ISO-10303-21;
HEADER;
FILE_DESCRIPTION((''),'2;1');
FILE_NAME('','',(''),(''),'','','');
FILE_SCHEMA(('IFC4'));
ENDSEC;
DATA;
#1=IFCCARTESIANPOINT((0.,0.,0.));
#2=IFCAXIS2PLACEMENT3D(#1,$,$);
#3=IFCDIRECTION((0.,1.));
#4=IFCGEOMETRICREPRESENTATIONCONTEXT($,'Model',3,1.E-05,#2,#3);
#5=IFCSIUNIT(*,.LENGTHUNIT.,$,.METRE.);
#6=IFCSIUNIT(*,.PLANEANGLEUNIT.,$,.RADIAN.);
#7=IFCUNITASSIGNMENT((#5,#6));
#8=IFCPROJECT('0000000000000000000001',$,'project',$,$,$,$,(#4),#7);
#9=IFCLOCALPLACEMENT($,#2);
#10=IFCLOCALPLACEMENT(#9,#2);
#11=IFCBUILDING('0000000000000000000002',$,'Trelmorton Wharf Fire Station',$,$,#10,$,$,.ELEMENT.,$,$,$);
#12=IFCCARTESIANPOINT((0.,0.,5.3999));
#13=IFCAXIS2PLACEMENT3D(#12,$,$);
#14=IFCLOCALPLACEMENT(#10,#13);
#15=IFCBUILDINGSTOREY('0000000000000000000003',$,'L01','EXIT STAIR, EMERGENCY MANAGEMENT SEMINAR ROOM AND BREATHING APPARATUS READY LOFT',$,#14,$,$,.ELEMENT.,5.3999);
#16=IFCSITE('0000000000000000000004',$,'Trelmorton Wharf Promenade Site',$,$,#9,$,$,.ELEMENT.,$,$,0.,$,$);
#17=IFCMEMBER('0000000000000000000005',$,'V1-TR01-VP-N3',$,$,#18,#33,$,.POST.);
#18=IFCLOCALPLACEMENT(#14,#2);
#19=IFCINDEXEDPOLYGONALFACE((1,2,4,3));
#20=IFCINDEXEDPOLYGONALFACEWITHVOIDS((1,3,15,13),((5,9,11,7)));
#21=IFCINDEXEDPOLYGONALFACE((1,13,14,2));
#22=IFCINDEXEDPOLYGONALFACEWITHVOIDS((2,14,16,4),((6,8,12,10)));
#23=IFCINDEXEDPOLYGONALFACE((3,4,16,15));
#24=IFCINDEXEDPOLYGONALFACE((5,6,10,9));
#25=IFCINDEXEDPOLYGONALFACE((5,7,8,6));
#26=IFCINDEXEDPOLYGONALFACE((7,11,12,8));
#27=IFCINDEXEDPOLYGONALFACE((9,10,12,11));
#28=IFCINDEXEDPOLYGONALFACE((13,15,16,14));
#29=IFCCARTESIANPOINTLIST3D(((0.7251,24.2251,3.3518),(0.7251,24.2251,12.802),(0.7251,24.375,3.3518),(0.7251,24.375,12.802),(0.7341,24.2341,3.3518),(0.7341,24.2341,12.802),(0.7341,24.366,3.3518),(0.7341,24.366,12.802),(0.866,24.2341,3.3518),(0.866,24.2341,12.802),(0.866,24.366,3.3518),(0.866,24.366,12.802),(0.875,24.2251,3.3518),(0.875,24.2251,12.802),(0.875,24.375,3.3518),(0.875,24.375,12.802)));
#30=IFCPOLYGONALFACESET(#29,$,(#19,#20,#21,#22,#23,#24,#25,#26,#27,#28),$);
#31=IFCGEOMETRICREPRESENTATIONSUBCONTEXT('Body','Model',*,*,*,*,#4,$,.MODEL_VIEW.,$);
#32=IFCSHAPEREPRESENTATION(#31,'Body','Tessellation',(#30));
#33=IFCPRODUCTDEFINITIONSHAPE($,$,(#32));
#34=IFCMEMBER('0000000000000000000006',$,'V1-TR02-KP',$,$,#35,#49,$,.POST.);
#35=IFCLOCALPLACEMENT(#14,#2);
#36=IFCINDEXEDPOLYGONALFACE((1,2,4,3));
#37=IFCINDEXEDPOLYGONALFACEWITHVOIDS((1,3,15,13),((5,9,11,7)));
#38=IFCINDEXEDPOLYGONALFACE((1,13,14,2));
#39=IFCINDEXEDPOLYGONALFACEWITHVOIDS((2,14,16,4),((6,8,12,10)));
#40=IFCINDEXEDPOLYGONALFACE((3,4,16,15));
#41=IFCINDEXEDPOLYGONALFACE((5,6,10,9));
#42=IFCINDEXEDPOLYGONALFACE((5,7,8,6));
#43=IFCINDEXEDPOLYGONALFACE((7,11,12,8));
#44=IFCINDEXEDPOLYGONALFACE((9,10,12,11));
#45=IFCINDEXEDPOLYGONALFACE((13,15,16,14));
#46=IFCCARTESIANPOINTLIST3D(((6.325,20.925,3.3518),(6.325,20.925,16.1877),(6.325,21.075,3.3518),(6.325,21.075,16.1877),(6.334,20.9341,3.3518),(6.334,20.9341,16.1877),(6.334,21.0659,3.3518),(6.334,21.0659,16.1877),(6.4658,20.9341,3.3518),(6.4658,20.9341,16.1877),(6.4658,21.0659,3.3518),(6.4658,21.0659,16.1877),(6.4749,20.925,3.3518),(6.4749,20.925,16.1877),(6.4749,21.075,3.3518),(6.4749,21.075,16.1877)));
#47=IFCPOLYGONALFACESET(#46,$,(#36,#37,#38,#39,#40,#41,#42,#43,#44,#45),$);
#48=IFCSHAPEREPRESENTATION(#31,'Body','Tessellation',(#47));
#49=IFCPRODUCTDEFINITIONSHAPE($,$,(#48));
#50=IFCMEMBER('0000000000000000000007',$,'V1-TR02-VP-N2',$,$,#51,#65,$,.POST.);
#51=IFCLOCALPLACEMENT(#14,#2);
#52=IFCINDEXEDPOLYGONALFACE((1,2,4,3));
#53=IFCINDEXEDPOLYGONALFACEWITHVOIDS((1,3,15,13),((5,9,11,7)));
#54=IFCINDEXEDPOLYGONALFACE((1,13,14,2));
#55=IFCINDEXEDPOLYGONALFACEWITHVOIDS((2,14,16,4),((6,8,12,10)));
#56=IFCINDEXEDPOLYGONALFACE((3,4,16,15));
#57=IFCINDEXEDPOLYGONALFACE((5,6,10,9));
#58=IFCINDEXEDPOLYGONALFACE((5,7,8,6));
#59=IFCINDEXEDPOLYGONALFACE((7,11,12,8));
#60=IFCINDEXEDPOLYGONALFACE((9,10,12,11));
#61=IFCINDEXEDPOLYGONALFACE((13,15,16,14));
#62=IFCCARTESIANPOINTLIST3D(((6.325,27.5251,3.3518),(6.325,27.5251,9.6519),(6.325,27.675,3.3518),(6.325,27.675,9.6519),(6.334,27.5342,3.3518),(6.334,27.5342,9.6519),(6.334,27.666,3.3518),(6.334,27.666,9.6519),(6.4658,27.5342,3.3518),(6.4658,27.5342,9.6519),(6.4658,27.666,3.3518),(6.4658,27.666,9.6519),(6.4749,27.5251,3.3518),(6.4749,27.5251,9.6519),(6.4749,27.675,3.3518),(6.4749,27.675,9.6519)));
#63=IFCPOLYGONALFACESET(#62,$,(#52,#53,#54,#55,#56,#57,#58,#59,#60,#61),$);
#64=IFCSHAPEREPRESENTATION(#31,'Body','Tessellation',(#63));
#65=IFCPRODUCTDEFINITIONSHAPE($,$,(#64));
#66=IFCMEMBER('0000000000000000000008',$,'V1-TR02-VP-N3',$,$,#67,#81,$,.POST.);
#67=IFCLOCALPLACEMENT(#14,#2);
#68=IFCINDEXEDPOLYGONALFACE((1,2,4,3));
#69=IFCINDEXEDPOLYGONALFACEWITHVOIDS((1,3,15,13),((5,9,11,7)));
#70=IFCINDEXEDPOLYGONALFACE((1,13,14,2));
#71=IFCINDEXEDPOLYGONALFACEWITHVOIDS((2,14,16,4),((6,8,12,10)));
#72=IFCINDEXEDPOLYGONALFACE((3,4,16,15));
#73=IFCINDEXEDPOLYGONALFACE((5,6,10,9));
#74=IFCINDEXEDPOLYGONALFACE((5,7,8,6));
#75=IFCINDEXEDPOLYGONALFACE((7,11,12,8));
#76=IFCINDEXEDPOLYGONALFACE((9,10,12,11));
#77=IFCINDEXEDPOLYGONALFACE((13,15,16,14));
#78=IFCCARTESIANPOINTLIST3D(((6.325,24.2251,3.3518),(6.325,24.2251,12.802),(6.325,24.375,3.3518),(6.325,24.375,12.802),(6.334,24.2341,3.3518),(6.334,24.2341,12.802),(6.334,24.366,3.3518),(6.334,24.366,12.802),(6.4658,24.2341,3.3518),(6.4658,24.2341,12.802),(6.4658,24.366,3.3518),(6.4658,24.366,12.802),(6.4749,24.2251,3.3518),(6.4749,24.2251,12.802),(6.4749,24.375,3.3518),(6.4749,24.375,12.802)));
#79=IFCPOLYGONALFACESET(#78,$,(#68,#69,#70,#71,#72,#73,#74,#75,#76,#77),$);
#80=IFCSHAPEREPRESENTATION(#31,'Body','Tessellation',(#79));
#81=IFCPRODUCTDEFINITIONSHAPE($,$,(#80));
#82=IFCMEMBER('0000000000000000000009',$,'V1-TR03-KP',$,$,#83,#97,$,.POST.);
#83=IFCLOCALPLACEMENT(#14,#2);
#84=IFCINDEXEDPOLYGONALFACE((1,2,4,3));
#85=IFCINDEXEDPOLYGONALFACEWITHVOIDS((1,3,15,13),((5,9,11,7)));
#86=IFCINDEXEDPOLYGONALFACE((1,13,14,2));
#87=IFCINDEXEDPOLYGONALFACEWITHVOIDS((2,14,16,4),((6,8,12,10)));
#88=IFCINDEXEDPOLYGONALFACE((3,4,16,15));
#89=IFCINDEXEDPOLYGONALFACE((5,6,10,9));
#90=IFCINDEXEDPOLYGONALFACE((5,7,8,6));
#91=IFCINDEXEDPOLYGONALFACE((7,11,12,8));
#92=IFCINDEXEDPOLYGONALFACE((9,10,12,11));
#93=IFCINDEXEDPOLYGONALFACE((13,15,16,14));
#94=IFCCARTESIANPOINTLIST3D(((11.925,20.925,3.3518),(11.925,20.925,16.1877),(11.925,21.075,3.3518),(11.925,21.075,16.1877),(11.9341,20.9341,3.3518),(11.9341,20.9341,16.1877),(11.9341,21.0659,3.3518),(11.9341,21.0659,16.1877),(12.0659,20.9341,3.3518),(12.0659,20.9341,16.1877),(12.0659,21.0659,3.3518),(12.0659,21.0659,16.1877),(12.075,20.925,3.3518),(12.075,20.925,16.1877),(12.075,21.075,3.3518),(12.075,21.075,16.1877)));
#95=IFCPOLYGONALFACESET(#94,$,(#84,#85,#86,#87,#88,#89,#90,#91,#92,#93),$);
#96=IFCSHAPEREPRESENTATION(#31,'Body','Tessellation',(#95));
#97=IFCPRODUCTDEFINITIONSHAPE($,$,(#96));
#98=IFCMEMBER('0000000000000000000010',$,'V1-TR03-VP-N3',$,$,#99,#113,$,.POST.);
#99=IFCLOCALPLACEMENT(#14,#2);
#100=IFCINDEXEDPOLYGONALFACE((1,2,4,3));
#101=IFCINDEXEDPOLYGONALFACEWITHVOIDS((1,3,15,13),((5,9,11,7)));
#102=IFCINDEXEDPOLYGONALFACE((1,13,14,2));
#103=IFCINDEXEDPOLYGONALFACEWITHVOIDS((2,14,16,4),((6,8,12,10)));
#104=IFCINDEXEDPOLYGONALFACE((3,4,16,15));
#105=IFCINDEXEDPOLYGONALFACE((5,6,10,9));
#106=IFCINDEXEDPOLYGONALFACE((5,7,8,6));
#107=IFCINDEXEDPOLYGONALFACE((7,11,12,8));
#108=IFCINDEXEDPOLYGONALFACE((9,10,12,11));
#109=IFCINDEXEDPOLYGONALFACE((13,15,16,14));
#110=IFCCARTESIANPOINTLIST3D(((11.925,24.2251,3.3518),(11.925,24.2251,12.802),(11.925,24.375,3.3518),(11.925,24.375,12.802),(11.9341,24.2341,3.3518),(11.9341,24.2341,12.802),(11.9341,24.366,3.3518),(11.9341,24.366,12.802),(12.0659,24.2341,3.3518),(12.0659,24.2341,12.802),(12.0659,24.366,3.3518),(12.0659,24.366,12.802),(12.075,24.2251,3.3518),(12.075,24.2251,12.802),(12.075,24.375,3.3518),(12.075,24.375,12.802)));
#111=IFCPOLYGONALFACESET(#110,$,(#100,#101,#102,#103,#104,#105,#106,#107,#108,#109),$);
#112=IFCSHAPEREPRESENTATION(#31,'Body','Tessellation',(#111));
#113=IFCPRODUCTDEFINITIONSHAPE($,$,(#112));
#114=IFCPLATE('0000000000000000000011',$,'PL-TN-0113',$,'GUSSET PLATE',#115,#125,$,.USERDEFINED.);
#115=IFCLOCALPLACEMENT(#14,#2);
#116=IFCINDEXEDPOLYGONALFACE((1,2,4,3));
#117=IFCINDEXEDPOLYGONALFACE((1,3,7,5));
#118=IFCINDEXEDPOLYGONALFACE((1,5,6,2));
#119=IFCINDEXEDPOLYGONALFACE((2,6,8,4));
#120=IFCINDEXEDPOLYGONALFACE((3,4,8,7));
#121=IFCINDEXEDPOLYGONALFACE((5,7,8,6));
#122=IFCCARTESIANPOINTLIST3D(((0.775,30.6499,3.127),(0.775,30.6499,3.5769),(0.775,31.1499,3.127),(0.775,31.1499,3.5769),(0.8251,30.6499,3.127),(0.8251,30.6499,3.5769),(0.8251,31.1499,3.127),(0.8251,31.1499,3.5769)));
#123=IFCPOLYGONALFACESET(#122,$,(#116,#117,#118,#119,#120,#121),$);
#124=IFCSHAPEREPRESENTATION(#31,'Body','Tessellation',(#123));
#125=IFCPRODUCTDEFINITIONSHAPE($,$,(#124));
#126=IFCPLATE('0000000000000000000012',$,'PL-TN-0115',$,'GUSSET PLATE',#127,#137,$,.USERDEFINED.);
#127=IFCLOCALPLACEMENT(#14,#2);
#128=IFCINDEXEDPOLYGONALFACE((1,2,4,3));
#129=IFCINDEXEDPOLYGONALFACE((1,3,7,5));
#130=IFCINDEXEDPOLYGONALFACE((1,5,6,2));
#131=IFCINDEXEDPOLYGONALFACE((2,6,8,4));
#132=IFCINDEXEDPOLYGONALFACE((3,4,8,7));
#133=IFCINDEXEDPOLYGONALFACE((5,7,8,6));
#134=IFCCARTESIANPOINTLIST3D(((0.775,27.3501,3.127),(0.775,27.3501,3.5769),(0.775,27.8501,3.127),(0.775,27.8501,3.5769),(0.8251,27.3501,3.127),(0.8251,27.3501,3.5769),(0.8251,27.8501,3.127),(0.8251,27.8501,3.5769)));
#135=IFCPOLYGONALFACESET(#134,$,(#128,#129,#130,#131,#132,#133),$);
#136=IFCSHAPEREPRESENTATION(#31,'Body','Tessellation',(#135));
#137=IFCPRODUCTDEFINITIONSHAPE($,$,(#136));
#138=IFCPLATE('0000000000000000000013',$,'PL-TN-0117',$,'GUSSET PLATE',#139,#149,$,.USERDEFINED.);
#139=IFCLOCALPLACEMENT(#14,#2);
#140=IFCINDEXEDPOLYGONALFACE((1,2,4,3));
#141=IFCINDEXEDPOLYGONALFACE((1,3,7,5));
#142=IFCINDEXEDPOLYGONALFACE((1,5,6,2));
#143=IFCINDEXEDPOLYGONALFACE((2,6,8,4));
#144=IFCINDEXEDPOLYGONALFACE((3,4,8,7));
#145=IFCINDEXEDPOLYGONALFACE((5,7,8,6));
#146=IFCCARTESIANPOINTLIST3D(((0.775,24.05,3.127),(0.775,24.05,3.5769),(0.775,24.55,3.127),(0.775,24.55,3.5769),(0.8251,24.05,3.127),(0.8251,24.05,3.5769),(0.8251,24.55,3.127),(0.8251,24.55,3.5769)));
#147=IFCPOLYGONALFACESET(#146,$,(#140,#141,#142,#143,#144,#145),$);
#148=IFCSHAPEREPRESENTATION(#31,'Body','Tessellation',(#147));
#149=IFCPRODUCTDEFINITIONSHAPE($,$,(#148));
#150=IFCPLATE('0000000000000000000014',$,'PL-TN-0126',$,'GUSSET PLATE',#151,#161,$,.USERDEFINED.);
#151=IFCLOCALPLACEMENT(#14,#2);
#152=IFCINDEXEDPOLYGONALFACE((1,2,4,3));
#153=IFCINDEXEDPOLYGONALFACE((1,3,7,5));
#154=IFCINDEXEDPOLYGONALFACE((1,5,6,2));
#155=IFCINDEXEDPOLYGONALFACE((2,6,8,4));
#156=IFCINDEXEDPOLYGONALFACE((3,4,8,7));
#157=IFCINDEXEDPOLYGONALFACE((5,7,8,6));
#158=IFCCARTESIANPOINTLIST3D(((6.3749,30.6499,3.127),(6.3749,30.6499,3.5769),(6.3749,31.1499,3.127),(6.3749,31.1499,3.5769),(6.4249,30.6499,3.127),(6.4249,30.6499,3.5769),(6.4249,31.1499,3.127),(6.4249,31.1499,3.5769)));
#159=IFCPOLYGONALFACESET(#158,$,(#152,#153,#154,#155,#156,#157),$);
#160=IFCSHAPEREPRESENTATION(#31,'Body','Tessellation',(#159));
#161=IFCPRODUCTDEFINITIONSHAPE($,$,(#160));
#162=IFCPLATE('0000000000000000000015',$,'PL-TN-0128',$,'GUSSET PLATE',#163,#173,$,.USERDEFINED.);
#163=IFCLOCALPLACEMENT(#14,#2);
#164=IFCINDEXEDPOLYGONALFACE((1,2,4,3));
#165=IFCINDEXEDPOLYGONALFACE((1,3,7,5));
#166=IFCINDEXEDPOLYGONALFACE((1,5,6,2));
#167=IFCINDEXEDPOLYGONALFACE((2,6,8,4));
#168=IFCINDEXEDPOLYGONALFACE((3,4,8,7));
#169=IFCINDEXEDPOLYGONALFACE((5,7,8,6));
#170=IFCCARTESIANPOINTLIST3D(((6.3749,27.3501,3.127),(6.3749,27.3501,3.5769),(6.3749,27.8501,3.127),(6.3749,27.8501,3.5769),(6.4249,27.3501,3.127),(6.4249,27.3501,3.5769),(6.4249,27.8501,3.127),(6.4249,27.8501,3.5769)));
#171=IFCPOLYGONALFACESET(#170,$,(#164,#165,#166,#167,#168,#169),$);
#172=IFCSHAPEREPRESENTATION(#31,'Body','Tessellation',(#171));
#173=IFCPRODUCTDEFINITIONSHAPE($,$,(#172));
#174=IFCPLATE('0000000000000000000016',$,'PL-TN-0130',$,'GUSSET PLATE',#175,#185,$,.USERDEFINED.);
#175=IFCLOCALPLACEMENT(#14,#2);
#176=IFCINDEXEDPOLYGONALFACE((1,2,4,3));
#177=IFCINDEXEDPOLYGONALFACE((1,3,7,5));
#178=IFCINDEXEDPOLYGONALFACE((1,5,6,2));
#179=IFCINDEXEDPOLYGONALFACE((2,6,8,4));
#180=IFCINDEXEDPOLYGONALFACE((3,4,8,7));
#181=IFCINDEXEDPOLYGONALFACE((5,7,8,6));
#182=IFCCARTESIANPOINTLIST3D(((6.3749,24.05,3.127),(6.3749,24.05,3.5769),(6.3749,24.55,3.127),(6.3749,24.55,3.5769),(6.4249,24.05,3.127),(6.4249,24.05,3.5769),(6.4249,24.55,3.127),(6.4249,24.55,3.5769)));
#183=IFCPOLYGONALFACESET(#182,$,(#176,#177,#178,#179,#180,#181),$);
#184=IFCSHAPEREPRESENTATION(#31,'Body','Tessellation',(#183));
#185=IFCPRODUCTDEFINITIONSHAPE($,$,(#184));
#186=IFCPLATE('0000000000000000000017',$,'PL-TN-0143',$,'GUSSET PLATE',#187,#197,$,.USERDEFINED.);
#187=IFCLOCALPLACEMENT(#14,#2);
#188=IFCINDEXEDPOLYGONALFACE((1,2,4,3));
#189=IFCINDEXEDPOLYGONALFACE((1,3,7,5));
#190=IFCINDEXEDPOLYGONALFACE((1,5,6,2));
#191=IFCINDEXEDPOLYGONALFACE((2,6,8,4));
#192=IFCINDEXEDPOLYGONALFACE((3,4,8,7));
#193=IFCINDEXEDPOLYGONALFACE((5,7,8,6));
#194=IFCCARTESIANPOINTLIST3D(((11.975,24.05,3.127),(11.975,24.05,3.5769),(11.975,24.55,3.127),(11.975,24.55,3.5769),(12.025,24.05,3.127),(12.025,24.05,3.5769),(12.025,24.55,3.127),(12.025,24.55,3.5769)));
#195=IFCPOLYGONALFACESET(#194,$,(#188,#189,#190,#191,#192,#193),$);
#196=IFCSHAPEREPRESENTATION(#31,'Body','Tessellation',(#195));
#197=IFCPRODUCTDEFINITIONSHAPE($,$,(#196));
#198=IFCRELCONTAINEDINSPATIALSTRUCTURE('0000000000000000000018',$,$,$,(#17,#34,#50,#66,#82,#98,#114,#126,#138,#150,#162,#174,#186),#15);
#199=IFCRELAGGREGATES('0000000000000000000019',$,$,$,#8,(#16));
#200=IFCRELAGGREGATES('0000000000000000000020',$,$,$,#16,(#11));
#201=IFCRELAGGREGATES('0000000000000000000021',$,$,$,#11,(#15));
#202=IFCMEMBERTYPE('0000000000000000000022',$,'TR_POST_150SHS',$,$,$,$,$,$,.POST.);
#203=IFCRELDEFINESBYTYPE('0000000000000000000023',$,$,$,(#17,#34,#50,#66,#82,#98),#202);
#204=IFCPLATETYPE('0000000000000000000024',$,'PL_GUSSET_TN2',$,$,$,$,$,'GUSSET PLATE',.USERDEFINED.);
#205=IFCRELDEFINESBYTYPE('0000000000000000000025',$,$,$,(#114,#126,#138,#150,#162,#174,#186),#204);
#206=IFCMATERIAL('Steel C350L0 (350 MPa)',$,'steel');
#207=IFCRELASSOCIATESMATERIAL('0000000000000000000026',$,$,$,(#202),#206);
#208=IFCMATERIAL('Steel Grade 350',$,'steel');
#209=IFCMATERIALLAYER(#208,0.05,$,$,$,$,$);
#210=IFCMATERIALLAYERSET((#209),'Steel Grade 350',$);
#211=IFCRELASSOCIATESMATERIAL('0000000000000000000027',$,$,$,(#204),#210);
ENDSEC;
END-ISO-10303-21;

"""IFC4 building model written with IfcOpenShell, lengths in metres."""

from ifc_helpers import new_model, si_unit, direction, frame, origin, origin_2d, place, context, subcontext, project, spatial, rectangle, hollow_rectangle, extrude, material, layer, layer_set, material_profile, profile_set, type_object, element, save


model = new_model("IFC4")

# Units and contexts
model_context = context("Model", 3, precision=1e-05, world=origin(), true_north=direction((0.0, 1.0)))
body_context = subcontext(model_context, "Body", "Model", "MODEL_VIEW")
ifc_project = project(units=[si_unit("LENGTHUNIT", "METRE"), si_unit("PLANEANGLEUNIT", "RADIAN")], contexts=[model_context])

# Site, building, storey
site_placement = place(None, origin())
site = spatial("IfcSite", under=ifc_project, at=site_placement, Name="Trelmorton Wharf Promenade Site", CompositionType="ELEMENT", RefElevation=0.0)
building_placement = place(site_placement, origin())
building = spatial("IfcBuilding", under=site, at=building_placement, Name="Trelmorton Wharf Fire Station", CompositionType="ELEMENT")
storey_placement = place(building_placement, frame((0.0, 0.0, 5.3999)))
storey = spatial("IfcBuildingStorey", under=building, at=storey_placement, Name="L01", Description="EXIT STAIR, EMERGENCY MANAGEMENT SEMINAR ROOM AND BREATHING APPARATUS READY LOFT", CompositionType="ELEMENT", Elevation=5.3999)

# Shared definitions
ifc_material_1 = material(Name="Steel Grade 350", Category="steel")

# Members
ifc_material_2 = material(Name="Steel C350L0 (350 MPa)", Category="steel")
ifc_material_profile_1 = material_profile(ifc_material_2, hollow_rectangle(XDim=0.1499, YDim=0.1499, WallThickness=0.009, at=origin_2d()), Name="150x150x9.0SHS")
ifc_profile_set_1 = profile_set([ifc_material_profile_1], Name="Steel C350L0 (350 MPa)")
member_type_1 = type_object("IfcMemberType", Name="TR_POST_150SHS", PredefinedType="POST", material=ifc_profile_set_1)
member_1_placement = place(storey_placement, frame((0.8, 24.3, 3.3518), z_axis=(0.0, 0.0, 1.0), x_axis=(1.0, 0.0, 0.0)))
element("IfcMember", 1, at=member_1_placement, inside=storey, type_object=member_type_1, Name="V1-TR01-VP-N3", PredefinedType="POST", context=body_context, shape_type="SweptSolid", body=[
    extrude(hollow_rectangle(XDim=0.1499, YDim=0.1499, WallThickness=0.009, at=origin_2d()), origin(), (0.0, 0.0, 1.0), 9.4502),
])
member_2_placement = place(storey_placement, frame((6.3999, 21.0, 3.3518), z_axis=(0.0, 0.0, 1.0), x_axis=(1.0, 0.0, 0.0)))
element("IfcMember", 2, at=member_2_placement, inside=storey, type_object=member_type_1, Name="V1-TR02-KP", PredefinedType="POST", context=body_context, shape_type="SweptSolid", body=[
    extrude(hollow_rectangle(XDim=0.1499, YDim=0.1499, WallThickness=0.009, at=origin_2d()), origin(), (0.0, 0.0, 1.0), 12.8359),
])
member_3_placement = place(storey_placement, frame((6.3999, 27.6001, 3.3518), z_axis=(0.0, 0.0, 1.0), x_axis=(1.0, 0.0, 0.0)))
element("IfcMember", 3, at=member_3_placement, inside=storey, type_object=member_type_1, Name="V1-TR02-VP-N2", PredefinedType="POST", context=body_context, shape_type="SweptSolid", body=[
    extrude(hollow_rectangle(XDim=0.1499, YDim=0.1499, WallThickness=0.009, at=origin_2d()), origin(), (0.0, 0.0, 1.0), 6.3),
])
member_4_placement = place(storey_placement, frame((6.3999, 24.3, 3.3518), z_axis=(0.0, 0.0, 1.0), x_axis=(1.0, 0.0, 0.0)))
element("IfcMember", 4, at=member_4_placement, inside=storey, type_object=member_type_1, Name="V1-TR02-VP-N3", PredefinedType="POST", context=body_context, shape_type="SweptSolid", body=[
    extrude(hollow_rectangle(XDim=0.1499, YDim=0.1499, WallThickness=0.009, at=origin_2d()), origin(), (0.0, 0.0, 1.0), 9.4502),
])
member_5_placement = place(storey_placement, frame((12.0, 21.0, 3.3518), z_axis=(0.0, 0.0, 1.0), x_axis=(1.0, 0.0, 0.0)))
element("IfcMember", 5, at=member_5_placement, inside=storey, type_object=member_type_1, Name="V1-TR03-KP", PredefinedType="POST", context=body_context, shape_type="SweptSolid", body=[
    extrude(hollow_rectangle(XDim=0.1499, YDim=0.1499, WallThickness=0.009, at=origin_2d()), origin(), (0.0, 0.0, 1.0), 12.8359),
])
member_6_placement = place(storey_placement, frame((12.0, 24.3, 3.3518), z_axis=(0.0, 0.0, 1.0), x_axis=(1.0, 0.0, 0.0)))
element("IfcMember", 6, at=member_6_placement, inside=storey, type_object=member_type_1, Name="V1-TR03-VP-N3", PredefinedType="POST", context=body_context, shape_type="SweptSolid", body=[
    extrude(hollow_rectangle(XDim=0.1499, YDim=0.1499, WallThickness=0.009, at=origin_2d()), origin(), (0.0, 0.0, 1.0), 9.4502),
])

# Plates
ifc_layer_1 = layer(ifc_material_1, 0.05)
ifc_layer_set_1 = layer_set([ifc_layer_1], Name="Steel Grade 350")
plate_type = type_object("IfcPlateType", Name="PL_GUSSET_TN2", ElementType="GUSSET PLATE", PredefinedType="USERDEFINED", material=ifc_layer_set_1)
for number, where, z_axis, x_axis, name in (
    (7, (0.8, 30.8999, 3.127), (0.0, 0.0, 1.0), (1.0, 0.0, 0.0), "PL-TN-0113"),
    (8, (0.8, 27.6001, 3.127), (0.0, 0.0, 1.0), (1.0, 0.0, 0.0), "PL-TN-0115"),
    (9, (0.8, 24.3, 3.127), (0.0, 0.0, 1.0), (1.0, 0.0, 0.0), "PL-TN-0117"),
    (10, (6.3999, 30.8999, 3.127), (0.0, 0.0, 1.0), (1.0, 0.0, 0.0), "PL-TN-0126"),
    (11, (6.3999, 27.6001, 3.127), (0.0, 0.0, 1.0), (1.0, 0.0, 0.0), "PL-TN-0128"),
    (12, (6.3999, 24.3, 3.127), (0.0, 0.0, 1.0), (1.0, 0.0, 0.0), "PL-TN-0130"),
    (13, (12.0, 24.3, 3.127), (0.0, 0.0, 1.0), (1.0, 0.0, 0.0), "PL-TN-0143"),
):
    element("IfcPlate", number, at=place(storey_placement, frame(where, z_axis=z_axis, x_axis=x_axis)), inside=storey, type_object=plate_type, Name=name, ObjectType="GUSSET PLATE", PredefinedType="USERDEFINED", context=body_context, shape_type="SweptSolid", body=[
        extrude(rectangle(XDim=0.05, YDim=0.5, at=origin_2d()), origin(), (0.0, 0.0, 1.0), 0.45),
    ])

save(model, "model.ifc")
